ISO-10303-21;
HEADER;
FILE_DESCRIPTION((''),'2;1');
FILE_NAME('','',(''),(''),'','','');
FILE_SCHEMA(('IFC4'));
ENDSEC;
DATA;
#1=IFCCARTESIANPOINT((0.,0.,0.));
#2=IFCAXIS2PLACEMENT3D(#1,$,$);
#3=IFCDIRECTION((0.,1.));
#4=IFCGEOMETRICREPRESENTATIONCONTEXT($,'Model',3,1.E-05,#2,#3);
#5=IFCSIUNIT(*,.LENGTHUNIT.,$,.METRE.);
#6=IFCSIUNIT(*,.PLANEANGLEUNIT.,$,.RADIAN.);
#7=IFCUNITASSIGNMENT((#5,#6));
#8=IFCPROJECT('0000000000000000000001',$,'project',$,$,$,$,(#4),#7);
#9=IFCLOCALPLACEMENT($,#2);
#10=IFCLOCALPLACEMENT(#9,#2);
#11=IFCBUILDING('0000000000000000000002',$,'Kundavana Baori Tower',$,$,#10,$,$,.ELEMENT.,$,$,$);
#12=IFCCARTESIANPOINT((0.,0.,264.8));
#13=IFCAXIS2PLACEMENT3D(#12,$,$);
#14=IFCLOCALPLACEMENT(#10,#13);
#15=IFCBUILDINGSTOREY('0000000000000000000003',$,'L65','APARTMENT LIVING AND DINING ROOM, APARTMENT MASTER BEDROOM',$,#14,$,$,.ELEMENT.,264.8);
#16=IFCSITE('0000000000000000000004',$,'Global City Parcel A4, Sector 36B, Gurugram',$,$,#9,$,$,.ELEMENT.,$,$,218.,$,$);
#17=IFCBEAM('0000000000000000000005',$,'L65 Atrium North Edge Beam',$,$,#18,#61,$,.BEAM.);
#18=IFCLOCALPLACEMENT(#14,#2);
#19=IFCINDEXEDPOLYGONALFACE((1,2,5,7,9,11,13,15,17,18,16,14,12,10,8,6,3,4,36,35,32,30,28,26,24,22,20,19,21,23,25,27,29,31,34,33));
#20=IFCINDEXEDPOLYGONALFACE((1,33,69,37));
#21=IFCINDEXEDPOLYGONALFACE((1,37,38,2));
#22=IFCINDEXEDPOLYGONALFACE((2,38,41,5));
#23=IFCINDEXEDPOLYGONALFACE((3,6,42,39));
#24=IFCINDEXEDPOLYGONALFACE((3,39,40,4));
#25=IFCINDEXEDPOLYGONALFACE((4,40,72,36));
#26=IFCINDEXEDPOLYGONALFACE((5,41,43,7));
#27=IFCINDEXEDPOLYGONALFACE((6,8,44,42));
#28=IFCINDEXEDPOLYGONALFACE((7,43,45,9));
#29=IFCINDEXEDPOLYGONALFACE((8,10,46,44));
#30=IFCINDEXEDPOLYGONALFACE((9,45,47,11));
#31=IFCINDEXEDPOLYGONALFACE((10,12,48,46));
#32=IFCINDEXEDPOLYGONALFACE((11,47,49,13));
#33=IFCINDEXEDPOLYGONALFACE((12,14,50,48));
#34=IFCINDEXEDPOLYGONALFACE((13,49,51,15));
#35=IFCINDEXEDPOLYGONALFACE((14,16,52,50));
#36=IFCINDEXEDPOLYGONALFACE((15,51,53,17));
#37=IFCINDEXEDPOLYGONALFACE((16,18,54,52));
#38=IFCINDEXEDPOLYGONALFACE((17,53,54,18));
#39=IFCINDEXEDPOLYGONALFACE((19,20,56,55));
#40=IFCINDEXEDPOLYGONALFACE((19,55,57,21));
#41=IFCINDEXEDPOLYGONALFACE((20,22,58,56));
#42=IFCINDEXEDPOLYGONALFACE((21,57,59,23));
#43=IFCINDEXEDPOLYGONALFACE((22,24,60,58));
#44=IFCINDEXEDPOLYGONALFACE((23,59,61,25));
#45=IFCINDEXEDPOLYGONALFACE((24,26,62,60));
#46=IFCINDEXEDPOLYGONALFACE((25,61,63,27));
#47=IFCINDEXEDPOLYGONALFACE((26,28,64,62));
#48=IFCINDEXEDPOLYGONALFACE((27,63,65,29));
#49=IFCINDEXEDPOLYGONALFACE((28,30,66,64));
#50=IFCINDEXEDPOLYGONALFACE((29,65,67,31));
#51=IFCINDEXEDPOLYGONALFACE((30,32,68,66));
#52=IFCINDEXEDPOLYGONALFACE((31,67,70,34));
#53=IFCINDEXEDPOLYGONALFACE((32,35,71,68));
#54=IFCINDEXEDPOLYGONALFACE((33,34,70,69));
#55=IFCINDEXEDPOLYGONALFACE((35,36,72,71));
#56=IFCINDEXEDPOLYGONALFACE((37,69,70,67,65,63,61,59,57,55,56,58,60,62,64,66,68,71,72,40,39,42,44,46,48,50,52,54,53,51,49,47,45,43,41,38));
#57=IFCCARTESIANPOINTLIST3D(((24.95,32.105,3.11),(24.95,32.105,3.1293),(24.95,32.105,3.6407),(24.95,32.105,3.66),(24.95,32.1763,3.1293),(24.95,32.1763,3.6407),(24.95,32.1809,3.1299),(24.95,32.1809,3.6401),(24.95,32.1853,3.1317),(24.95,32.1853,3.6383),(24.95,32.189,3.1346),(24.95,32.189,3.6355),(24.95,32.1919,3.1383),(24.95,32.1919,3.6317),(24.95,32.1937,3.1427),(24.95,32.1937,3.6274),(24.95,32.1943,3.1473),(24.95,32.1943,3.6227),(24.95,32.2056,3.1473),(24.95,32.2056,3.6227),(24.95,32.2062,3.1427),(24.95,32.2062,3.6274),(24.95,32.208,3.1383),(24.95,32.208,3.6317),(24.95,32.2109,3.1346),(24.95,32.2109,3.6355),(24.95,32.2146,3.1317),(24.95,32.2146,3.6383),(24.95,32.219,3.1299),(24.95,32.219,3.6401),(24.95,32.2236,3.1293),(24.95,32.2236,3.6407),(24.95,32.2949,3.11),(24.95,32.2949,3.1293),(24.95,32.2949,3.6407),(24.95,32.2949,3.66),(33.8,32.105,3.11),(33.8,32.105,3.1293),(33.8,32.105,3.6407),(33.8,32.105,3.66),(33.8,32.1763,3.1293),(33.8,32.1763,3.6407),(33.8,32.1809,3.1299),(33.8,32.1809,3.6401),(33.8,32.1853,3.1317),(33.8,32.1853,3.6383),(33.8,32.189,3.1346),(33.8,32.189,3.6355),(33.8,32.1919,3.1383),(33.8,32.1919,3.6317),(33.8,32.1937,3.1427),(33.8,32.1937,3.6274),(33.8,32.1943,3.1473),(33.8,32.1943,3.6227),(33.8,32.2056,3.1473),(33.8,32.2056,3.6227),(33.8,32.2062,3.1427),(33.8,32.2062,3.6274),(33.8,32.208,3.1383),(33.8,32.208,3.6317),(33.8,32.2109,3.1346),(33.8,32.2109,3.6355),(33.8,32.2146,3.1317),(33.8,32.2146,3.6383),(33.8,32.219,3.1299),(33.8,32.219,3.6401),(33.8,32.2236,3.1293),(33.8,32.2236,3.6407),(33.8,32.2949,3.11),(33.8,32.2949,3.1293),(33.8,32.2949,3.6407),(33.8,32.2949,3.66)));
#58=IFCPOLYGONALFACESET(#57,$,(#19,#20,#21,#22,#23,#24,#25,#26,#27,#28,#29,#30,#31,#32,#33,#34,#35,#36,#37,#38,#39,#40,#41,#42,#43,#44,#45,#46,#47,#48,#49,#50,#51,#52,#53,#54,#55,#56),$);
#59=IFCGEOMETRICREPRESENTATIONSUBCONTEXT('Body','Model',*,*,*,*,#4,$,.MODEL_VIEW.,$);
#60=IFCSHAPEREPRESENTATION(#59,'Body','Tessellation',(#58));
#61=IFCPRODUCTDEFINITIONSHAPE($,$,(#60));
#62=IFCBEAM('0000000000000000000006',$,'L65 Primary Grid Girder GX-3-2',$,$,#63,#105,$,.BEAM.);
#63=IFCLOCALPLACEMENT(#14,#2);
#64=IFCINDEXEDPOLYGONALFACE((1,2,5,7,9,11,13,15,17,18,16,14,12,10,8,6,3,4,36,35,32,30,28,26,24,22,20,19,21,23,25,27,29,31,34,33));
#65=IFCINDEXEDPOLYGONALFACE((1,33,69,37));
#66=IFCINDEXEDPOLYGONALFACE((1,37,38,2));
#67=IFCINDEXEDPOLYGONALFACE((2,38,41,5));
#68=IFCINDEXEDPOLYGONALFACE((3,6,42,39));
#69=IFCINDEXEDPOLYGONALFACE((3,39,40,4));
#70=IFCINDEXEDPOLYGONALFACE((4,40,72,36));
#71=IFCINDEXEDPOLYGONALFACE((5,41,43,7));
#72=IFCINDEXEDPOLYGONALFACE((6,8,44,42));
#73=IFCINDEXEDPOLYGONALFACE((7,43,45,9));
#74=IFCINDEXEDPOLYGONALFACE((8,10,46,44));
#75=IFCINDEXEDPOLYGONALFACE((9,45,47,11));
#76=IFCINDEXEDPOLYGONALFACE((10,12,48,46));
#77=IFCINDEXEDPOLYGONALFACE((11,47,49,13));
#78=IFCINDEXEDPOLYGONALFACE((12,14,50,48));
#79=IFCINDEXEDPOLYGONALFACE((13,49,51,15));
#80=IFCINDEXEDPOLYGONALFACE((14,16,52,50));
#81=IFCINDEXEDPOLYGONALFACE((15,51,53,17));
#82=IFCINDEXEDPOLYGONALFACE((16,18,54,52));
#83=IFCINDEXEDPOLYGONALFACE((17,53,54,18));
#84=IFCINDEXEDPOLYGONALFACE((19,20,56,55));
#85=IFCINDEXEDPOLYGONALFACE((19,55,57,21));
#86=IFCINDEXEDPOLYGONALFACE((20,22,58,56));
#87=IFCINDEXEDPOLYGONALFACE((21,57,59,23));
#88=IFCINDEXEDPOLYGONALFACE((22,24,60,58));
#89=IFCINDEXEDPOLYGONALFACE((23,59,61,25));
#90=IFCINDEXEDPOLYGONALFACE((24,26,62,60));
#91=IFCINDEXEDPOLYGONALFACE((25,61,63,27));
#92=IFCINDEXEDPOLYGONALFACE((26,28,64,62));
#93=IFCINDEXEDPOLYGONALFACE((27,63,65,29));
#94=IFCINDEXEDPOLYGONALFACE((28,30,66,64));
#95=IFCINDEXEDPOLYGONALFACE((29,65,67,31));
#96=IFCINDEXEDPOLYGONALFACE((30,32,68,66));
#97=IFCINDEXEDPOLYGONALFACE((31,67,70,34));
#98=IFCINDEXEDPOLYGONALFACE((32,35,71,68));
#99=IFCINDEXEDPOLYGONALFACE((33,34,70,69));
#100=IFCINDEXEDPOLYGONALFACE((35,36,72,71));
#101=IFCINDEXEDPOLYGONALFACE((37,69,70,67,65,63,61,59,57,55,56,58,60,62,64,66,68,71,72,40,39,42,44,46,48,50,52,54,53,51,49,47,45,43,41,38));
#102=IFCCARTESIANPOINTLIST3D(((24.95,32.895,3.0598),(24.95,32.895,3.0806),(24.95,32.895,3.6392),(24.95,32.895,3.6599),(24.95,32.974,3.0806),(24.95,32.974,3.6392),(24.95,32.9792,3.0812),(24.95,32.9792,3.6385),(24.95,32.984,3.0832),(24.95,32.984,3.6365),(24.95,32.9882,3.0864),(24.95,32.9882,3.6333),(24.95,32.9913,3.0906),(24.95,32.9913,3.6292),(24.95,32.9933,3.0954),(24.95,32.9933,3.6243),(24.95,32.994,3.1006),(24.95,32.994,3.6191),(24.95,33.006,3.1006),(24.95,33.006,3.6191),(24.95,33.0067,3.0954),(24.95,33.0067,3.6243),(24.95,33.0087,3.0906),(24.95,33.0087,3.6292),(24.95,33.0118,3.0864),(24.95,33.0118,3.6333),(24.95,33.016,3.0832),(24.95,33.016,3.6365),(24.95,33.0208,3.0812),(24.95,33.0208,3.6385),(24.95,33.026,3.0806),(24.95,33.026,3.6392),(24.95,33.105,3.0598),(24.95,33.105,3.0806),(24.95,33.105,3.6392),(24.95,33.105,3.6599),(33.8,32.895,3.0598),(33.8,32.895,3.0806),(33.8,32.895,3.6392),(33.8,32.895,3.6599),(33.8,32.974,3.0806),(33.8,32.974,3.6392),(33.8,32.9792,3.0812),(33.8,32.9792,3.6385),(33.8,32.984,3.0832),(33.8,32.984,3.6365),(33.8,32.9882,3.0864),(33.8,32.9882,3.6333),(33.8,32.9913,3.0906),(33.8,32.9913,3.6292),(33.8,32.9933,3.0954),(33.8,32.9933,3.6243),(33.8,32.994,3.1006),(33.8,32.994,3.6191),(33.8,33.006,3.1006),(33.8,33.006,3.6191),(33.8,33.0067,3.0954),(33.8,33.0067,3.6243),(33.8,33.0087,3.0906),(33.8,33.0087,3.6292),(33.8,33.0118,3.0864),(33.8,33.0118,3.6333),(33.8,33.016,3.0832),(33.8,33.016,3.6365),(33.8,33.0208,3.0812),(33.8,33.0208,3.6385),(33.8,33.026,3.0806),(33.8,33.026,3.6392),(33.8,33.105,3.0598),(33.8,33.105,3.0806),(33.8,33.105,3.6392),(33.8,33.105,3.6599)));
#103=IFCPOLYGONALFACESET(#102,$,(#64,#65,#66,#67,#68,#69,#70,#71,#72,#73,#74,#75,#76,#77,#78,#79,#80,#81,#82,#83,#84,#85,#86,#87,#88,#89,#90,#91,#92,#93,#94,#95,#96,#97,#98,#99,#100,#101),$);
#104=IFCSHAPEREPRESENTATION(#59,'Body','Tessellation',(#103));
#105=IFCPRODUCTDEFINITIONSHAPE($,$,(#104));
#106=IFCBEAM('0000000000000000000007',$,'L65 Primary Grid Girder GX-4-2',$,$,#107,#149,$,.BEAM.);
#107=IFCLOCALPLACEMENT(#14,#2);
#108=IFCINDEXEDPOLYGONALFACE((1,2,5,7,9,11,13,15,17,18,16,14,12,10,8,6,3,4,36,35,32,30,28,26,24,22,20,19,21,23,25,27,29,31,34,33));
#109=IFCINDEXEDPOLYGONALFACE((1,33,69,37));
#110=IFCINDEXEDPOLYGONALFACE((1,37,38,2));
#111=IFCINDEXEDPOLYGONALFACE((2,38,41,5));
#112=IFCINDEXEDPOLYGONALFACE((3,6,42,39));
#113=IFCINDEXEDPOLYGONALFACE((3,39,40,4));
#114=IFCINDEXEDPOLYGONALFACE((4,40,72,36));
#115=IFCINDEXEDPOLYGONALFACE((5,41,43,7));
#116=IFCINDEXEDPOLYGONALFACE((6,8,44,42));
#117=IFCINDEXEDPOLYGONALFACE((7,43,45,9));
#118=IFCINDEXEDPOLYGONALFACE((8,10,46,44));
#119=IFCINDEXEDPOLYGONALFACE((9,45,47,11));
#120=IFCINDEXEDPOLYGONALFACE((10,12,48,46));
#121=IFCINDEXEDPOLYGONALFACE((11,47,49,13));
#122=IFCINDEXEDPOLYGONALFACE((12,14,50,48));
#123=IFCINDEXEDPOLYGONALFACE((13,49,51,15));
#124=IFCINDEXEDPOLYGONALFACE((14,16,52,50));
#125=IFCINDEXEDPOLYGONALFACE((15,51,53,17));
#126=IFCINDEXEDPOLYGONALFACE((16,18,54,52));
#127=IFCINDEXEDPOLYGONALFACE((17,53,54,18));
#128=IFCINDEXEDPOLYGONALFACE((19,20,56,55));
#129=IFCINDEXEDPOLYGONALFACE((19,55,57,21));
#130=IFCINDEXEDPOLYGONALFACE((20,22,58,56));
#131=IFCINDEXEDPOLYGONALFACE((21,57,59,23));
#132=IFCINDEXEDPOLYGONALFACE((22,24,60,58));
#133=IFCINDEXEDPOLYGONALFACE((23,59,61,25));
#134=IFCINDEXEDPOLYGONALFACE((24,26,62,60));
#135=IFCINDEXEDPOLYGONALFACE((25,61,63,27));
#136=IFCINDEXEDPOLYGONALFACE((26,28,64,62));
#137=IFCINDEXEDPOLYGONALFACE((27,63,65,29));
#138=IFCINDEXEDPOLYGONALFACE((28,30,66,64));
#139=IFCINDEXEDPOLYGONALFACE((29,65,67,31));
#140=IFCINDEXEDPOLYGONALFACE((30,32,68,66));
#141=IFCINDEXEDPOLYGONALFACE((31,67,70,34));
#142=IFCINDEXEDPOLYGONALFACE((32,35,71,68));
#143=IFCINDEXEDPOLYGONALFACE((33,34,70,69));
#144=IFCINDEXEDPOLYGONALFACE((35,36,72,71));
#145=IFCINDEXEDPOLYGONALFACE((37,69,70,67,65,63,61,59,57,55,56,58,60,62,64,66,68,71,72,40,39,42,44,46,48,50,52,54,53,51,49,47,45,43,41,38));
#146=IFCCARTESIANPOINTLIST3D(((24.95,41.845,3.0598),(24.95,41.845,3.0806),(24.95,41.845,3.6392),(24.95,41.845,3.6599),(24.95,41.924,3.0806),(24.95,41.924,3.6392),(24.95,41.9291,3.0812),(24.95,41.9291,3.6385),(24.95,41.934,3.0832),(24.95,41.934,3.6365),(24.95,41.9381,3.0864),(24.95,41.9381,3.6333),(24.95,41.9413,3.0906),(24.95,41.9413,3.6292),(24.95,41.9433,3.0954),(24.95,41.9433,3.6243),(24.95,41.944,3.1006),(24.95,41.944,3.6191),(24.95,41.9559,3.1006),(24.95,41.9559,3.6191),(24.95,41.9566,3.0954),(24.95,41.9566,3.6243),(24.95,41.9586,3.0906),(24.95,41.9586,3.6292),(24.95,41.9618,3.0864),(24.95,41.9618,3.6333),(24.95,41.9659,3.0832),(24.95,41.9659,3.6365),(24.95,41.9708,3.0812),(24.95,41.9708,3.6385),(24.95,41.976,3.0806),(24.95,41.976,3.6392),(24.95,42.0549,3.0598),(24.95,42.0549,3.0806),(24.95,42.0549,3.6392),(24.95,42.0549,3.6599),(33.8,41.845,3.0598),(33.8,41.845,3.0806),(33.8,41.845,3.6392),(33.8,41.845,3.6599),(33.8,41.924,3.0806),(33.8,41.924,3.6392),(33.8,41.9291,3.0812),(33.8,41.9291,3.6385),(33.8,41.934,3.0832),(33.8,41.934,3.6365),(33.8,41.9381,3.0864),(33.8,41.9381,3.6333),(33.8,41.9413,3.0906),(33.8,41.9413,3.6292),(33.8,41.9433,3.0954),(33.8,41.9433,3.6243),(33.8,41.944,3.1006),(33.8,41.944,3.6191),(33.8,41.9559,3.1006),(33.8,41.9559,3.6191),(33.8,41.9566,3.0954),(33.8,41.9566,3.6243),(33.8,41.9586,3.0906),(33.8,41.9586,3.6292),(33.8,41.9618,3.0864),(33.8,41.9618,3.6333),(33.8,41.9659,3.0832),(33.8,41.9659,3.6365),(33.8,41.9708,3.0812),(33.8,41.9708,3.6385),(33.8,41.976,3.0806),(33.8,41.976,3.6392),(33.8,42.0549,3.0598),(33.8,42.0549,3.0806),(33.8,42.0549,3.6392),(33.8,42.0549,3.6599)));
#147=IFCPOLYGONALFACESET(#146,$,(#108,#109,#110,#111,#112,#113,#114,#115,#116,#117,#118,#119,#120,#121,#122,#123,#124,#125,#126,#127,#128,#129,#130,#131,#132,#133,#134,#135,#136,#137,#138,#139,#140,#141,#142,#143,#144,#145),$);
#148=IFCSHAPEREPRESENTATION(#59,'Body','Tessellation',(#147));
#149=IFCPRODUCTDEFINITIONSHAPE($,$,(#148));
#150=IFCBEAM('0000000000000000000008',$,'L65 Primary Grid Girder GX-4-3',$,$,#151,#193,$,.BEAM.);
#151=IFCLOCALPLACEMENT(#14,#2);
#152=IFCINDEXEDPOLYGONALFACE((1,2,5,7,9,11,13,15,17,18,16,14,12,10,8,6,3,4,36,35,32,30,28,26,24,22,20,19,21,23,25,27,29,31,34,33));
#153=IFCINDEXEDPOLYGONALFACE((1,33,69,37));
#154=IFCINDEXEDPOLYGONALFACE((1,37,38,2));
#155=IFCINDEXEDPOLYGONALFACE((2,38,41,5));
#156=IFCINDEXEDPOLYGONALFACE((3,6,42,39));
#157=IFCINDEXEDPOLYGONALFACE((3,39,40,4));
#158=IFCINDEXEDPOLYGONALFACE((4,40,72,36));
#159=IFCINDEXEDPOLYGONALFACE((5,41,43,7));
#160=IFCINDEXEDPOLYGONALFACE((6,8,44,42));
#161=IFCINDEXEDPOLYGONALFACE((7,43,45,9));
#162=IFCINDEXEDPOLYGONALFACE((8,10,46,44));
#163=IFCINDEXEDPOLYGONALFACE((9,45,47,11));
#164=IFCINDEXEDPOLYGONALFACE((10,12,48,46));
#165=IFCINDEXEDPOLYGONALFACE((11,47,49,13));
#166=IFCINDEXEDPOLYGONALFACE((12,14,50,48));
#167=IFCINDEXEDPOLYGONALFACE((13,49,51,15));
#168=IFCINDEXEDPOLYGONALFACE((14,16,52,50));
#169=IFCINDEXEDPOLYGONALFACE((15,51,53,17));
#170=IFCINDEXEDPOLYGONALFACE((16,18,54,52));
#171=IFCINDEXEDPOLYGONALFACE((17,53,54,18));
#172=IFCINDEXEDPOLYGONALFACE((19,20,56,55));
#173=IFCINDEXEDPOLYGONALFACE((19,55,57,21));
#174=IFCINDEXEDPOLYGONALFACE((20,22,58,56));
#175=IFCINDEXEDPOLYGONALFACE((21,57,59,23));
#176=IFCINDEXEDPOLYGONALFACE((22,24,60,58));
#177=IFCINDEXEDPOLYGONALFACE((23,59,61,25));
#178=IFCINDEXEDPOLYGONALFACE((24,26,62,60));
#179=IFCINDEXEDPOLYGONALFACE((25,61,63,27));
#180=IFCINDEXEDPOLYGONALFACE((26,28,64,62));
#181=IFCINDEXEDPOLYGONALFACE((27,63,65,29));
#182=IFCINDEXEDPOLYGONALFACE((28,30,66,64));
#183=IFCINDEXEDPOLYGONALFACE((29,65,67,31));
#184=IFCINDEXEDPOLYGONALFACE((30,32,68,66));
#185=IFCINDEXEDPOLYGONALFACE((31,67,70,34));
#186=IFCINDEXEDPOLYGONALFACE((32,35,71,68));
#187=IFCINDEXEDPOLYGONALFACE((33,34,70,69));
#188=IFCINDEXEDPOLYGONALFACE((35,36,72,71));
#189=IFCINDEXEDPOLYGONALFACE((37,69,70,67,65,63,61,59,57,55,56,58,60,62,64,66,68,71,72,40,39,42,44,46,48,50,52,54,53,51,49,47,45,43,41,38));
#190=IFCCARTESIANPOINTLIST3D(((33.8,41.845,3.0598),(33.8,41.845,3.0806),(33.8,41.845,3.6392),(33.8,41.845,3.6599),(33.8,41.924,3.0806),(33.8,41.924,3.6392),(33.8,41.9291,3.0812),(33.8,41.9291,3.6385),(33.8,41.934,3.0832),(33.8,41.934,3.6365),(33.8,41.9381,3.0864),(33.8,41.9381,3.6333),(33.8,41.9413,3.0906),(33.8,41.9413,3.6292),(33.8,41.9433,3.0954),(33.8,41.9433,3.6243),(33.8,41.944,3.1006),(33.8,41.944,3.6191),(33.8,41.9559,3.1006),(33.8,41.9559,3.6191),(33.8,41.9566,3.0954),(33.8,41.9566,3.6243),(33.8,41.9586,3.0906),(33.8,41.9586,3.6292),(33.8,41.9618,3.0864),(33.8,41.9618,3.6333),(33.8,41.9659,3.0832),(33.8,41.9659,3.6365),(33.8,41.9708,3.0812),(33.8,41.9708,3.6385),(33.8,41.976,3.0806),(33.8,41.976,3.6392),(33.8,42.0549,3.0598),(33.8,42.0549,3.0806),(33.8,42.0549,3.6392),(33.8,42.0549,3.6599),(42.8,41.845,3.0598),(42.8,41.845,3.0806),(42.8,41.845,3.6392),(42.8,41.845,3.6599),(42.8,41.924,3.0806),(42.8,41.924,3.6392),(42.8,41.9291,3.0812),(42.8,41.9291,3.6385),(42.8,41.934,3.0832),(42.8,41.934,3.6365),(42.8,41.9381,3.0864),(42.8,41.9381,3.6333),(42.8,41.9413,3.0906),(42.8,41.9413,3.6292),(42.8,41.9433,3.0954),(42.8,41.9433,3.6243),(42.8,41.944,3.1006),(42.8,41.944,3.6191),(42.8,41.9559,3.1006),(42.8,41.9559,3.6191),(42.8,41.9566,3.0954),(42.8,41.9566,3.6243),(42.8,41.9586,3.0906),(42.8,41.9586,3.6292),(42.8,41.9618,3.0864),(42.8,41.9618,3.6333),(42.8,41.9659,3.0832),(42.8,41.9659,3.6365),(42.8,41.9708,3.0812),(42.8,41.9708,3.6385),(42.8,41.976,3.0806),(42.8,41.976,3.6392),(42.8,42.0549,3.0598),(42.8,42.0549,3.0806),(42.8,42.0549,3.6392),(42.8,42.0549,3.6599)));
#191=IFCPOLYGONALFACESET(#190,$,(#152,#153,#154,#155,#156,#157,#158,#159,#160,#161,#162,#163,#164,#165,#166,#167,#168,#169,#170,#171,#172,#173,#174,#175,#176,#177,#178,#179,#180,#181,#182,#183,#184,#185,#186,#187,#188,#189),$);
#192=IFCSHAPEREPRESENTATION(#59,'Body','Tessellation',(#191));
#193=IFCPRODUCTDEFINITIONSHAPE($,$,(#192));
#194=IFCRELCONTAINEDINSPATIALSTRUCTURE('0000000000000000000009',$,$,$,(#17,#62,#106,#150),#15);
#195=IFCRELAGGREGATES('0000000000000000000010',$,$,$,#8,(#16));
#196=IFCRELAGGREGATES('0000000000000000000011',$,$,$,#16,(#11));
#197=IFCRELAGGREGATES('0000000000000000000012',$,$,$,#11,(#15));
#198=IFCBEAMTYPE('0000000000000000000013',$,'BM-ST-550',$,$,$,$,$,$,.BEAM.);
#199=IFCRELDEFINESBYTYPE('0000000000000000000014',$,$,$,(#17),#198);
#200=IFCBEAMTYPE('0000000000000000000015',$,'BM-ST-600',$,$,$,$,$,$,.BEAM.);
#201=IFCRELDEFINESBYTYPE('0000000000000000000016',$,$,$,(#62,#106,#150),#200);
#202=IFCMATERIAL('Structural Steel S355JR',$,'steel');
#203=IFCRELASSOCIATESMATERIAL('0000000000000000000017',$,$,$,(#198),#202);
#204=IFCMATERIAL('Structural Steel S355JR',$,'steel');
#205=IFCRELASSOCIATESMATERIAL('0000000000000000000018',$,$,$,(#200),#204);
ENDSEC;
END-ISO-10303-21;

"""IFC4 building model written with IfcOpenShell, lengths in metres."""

from ifc_helpers import new_model, si_unit, direction, frame, origin, origin_2d, place, context, subcontext, project, spatial, i_section, extrude, material, material_profile, profile_set, type_object, element, save


model = new_model("IFC4")

# Units and contexts
model_context = context("Model", 3, precision=1e-05, world=origin(), true_north=direction((0.0, 1.0)))
body_context = subcontext(model_context, "Body", "Model", "MODEL_VIEW")
ifc_project = project(units=[si_unit("LENGTHUNIT", "METRE"), si_unit("PLANEANGLEUNIT", "RADIAN")], contexts=[model_context])

# Site, building, storey
site_placement = place(None, origin())
site = spatial("IfcSite", under=ifc_project, at=site_placement, Name="Global City Parcel A4, Sector 36B, Gurugram", CompositionType="ELEMENT", RefElevation=218.0)
building_placement = place(site_placement, origin())
building = spatial("IfcBuilding", under=site, at=building_placement, Name="Kundavana Baori Tower", CompositionType="ELEMENT")
storey_placement = place(building_placement, frame((0.0, 0.0, 264.8)))
storey = spatial("IfcBuildingStorey", under=building, at=storey_placement, Name="L65", Description="APARTMENT LIVING AND DINING ROOM, APARTMENT MASTER BEDROOM", CompositionType="ELEMENT", Elevation=264.8)

# Beams
ifc_material_1 = material(Name="Structural Steel S355JR", Category="steel")
ifc_material_profile_1 = material_profile(ifc_material_1, i_section(OverallWidth=0.1899, OverallDepth=0.55, WebThickness=0.0112, FlangeThickness=0.0193, FilletRadius=0.0181, at=origin_2d()), Name="ISMB 550")
ifc_profile_set_1 = profile_set([ifc_material_profile_1], Name="Structural Steel S355JR")
beam_type_1 = type_object("IfcBeamType", Name="BM-ST-550", PredefinedType="BEAM", material=ifc_profile_set_1)
beam_1_placement = place(storey_placement, frame((24.95, 32.2, 3.385), z_axis=(1.0, 0.0, 0.0), x_axis=(0.0, 1.0, 0.0)))
element("IfcBeam", 1, at=beam_1_placement, inside=storey, type_object=beam_type_1, Name="L65 Atrium North Edge Beam", PredefinedType="BEAM", context=body_context, shape_type="SweptSolid", body=[
    extrude(i_section(OverallWidth=0.1899, OverallDepth=0.55, WebThickness=0.0112, FlangeThickness=0.0193, FilletRadius=0.0181, at=origin_2d()), origin(), (0.0, 0.0, 1.0), 8.8501),
])
ifc_material_2 = material(Name="Structural Steel S355JR", Category="steel")
ifc_material_profile_2 = material_profile(ifc_material_2, i_section(OverallWidth=0.21, OverallDepth=0.6001, WebThickness=0.012, FlangeThickness=0.0208, FilletRadius=0.02, at=origin_2d()), Name="ISMB 600")
ifc_profile_set_2 = profile_set([ifc_material_profile_2], Name="Structural Steel S355JR")
beam_type_2 = type_object("IfcBeamType", Name="BM-ST-600", PredefinedType="BEAM", material=ifc_profile_set_2)
for number, where, z_axis, x_axis, name in (
    (2, (24.95, 33.0, 3.3599), (1.0, 0.0, 0.0), (0.0, 1.0, 0.0), "L65 Primary Grid Girder GX-3-2"),
    (3, (24.95, 41.95, 3.3599), (1.0, 0.0, 0.0), (0.0, 1.0, 0.0), "L65 Primary Grid Girder GX-4-2"),
):
    element("IfcBeam", number, at=place(storey_placement, frame(where, z_axis=z_axis, x_axis=x_axis)), inside=storey, type_object=beam_type_2, Name=name, PredefinedType="BEAM", context=body_context, shape_type="SweptSolid", body=[
        extrude(i_section(OverallWidth=0.21, OverallDepth=0.6001, WebThickness=0.012, FlangeThickness=0.0208, FilletRadius=0.02, at=origin_2d()), origin(), (0.0, 0.0, 1.0), 8.8501),
    ])
beam_2_placement = place(storey_placement, frame((33.8, 41.95, 3.3599), z_axis=(1.0, 0.0, 0.0), x_axis=(0.0, 1.0, 0.0)))
element("IfcBeam", 4, at=beam_2_placement, inside=storey, type_object=beam_type_2, Name="L65 Primary Grid Girder GX-4-3", PredefinedType="BEAM", context=body_context, shape_type="SweptSolid", body=[
    extrude(i_section(OverallWidth=0.21, OverallDepth=0.6001, WebThickness=0.012, FlangeThickness=0.0208, FilletRadius=0.02, at=origin_2d()), origin(), (0.0, 0.0, 1.0), 9.0),
])

save(model, "model.ifc")
